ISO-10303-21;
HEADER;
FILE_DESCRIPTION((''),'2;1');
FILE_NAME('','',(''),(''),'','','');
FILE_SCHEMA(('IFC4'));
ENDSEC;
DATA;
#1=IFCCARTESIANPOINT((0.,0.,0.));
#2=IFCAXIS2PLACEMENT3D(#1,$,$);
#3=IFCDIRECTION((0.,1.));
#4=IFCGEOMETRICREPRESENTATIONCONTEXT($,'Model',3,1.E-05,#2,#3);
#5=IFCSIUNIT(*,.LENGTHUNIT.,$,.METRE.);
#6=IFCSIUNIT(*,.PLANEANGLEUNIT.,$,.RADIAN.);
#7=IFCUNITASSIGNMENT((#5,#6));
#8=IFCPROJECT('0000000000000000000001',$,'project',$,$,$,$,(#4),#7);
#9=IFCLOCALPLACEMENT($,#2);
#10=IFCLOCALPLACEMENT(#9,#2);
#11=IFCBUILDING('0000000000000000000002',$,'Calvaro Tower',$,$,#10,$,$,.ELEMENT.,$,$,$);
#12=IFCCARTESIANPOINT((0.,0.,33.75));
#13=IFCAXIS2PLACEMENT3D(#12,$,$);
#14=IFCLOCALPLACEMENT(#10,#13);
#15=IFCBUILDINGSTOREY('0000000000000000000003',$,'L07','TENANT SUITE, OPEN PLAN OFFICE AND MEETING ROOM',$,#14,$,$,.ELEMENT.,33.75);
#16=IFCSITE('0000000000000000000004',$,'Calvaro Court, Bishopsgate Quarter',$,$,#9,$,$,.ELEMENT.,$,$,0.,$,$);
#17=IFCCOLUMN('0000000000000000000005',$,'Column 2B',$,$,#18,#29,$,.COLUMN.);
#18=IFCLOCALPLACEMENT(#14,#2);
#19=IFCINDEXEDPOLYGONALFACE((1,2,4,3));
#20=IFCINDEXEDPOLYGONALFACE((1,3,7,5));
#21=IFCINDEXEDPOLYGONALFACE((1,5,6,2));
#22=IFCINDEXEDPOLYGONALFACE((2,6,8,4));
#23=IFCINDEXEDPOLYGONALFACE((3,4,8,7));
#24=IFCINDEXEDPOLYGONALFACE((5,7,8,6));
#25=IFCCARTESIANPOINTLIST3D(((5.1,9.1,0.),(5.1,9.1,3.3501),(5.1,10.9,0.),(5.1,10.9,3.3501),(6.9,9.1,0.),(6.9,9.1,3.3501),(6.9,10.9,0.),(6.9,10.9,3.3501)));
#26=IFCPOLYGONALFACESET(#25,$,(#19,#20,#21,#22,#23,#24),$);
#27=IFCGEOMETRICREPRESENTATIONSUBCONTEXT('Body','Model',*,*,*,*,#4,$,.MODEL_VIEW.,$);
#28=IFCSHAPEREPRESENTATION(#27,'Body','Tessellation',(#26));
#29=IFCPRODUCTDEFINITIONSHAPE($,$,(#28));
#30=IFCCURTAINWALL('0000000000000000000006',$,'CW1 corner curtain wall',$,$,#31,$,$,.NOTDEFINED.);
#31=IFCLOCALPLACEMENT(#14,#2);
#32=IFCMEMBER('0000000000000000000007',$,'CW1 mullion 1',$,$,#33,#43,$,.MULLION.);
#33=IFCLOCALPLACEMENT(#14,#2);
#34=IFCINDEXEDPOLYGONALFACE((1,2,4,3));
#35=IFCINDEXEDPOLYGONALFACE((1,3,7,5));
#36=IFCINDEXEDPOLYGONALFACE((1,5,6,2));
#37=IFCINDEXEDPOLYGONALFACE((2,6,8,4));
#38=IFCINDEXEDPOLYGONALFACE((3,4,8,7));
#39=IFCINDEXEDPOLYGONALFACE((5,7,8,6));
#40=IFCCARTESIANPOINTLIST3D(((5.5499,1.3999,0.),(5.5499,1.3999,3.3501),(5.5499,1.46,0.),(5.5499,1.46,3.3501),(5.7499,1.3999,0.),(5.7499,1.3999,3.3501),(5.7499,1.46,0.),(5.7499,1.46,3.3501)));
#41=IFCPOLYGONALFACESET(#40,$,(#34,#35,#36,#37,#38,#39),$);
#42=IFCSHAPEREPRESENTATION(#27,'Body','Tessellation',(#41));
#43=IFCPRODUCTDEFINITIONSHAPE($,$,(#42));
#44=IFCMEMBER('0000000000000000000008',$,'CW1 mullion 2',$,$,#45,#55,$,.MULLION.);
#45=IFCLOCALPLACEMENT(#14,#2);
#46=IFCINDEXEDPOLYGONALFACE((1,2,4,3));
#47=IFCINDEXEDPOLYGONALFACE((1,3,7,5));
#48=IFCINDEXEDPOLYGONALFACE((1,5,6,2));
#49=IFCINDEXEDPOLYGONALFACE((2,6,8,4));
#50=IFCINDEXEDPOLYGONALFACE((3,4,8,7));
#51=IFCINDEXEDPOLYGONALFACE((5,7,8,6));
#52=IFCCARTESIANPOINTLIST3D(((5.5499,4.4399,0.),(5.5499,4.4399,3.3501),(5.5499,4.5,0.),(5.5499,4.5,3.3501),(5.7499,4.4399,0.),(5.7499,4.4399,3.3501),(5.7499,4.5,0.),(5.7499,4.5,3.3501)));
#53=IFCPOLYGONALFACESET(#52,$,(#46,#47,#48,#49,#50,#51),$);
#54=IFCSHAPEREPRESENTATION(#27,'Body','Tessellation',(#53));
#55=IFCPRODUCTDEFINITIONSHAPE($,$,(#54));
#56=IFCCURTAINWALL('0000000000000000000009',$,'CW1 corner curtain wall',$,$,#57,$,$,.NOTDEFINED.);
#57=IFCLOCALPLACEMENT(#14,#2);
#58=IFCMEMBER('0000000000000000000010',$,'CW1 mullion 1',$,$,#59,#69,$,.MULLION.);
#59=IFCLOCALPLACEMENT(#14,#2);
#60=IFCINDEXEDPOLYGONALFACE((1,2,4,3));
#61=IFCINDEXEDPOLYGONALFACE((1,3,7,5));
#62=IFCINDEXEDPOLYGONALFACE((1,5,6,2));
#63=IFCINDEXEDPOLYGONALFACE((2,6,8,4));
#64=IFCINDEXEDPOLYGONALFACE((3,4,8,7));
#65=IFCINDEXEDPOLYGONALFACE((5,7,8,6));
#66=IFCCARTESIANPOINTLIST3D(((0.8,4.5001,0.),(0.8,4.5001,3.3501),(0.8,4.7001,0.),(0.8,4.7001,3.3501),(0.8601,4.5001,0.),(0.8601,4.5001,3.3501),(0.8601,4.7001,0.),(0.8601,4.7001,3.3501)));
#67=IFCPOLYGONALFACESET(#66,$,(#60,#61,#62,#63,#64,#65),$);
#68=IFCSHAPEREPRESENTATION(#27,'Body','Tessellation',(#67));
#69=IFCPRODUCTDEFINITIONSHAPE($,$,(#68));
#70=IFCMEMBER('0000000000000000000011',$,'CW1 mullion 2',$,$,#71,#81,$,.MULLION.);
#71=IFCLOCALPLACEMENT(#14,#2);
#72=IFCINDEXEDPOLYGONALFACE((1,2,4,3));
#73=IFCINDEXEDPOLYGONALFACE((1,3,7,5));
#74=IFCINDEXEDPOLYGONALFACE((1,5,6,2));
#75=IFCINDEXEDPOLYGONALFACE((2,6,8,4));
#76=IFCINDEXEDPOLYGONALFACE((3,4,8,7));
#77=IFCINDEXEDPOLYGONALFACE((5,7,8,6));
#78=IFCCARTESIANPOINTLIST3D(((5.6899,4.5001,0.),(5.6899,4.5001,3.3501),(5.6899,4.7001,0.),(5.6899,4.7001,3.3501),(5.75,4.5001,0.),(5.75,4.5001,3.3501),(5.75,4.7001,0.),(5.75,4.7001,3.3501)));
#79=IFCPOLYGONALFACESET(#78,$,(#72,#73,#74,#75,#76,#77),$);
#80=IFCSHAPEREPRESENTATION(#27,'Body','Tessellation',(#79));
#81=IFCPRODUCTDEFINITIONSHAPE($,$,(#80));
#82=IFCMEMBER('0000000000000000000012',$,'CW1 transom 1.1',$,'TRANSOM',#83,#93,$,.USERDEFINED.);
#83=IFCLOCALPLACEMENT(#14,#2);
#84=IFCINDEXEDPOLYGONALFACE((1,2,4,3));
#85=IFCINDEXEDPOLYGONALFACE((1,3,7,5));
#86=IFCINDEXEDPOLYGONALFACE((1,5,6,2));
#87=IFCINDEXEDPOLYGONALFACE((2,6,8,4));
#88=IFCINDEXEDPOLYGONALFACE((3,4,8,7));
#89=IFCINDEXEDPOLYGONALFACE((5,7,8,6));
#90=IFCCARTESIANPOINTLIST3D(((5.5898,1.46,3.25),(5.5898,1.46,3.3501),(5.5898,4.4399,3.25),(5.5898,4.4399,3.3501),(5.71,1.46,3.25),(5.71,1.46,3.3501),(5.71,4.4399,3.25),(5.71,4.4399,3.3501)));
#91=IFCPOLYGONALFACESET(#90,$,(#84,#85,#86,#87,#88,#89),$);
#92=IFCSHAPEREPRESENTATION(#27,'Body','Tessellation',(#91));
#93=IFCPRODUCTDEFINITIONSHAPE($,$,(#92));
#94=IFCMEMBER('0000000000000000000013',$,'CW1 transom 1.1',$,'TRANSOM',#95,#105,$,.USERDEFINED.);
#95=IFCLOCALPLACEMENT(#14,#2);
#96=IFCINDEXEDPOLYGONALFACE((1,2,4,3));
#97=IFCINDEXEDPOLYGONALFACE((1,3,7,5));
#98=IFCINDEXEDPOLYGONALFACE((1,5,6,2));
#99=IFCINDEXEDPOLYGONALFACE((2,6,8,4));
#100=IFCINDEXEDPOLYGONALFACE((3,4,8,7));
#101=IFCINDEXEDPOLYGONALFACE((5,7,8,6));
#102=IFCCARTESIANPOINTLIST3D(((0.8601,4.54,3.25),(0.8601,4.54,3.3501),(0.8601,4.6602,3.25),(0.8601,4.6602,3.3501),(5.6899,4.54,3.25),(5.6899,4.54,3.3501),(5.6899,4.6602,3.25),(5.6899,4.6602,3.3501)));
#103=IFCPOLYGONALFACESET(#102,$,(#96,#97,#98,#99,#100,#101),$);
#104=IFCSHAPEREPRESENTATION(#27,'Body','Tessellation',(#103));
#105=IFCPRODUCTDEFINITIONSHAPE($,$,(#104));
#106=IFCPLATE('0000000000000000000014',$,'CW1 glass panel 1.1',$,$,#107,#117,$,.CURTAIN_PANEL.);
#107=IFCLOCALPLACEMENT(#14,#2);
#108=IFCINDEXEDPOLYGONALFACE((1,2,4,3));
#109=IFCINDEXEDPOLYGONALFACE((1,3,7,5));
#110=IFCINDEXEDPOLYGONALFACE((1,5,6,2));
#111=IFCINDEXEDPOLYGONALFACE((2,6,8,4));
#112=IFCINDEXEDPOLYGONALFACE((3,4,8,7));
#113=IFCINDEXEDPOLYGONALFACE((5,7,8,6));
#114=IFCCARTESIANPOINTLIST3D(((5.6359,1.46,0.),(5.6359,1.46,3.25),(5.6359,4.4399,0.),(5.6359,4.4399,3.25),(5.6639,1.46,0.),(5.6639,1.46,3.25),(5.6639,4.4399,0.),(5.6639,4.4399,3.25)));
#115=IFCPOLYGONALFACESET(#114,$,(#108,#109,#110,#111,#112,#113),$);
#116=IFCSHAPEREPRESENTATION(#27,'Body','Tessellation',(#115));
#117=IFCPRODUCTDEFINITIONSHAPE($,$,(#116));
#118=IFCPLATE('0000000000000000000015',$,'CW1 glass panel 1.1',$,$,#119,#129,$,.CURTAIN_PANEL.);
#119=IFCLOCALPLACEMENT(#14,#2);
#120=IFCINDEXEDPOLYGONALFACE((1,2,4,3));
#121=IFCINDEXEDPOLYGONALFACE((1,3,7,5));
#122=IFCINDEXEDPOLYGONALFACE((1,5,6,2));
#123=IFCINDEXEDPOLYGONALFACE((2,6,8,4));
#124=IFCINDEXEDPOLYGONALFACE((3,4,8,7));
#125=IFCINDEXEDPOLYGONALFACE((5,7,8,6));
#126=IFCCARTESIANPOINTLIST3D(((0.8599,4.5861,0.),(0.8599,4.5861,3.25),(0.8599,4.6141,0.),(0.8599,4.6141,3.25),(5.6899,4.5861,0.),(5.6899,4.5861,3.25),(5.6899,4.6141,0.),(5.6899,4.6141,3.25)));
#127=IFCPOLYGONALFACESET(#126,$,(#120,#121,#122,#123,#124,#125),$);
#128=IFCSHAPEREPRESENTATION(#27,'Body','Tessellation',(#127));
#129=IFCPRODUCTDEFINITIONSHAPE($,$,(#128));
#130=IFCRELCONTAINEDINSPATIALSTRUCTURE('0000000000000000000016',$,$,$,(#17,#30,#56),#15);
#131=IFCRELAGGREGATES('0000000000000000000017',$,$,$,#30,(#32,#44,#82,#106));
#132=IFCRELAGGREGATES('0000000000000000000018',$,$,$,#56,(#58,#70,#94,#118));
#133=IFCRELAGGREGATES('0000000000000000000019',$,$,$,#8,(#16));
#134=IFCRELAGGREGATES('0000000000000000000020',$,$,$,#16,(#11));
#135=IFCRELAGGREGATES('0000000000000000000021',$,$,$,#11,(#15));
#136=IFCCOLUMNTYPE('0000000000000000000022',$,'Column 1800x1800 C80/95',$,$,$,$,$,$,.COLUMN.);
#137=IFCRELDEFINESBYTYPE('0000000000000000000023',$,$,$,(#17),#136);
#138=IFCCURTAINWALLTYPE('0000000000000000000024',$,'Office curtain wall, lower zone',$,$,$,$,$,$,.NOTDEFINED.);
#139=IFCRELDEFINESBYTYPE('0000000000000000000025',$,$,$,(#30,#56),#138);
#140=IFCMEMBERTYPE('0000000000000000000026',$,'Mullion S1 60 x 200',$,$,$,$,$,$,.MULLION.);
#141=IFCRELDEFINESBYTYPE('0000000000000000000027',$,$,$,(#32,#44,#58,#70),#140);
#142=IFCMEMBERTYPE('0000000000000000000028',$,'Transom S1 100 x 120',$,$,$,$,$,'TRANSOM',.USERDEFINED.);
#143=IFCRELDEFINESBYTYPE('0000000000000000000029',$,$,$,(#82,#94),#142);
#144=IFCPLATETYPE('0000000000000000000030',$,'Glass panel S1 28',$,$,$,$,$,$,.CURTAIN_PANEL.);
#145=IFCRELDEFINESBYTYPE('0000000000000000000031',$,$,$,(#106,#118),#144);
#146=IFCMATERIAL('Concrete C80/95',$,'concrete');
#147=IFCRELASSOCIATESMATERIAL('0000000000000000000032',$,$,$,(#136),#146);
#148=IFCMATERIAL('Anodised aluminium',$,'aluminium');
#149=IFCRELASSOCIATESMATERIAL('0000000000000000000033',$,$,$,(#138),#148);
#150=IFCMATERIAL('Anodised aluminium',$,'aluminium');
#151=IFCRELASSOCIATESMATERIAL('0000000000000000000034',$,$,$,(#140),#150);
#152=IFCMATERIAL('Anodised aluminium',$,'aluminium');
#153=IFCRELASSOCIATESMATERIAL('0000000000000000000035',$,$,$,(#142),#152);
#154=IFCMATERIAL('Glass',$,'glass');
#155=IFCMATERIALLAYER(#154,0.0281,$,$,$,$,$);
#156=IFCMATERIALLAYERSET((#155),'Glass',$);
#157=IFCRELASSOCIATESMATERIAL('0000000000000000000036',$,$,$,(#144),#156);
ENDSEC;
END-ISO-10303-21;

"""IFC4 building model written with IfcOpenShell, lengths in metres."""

from ifc_helpers import new_model, si_unit, direction, frame, origin, origin_2d, place, context, subcontext, project, spatial, rectangle, extrude, material, layer, layer_set, material_profile, profile_set, type_object, element, aggregate, save


model = new_model("IFC4")

# Units and contexts
model_context = context("Model", 3, precision=1e-05, world=origin(), true_north=direction((0.0, 1.0)))
body_context = subcontext(model_context, "Body", "Model", "MODEL_VIEW")
ifc_project = project(units=[si_unit("LENGTHUNIT", "METRE"), si_unit("PLANEANGLEUNIT", "RADIAN")], contexts=[model_context])

# Site, building, storey
site_placement = place(None, origin())
site = spatial("IfcSite", under=ifc_project, at=site_placement, Name="Calvaro Court, Bishopsgate Quarter", CompositionType="ELEMENT", RefElevation=0.0)
building_placement = place(site_placement, origin())
building = spatial("IfcBuilding", under=site, at=building_placement, Name="Calvaro Tower", CompositionType="ELEMENT")
storey_placement = place(building_placement, frame((0.0, 0.0, 33.75)))
storey = spatial("IfcBuildingStorey", under=building, at=storey_placement, Name="L07", Description="TENANT SUITE, OPEN PLAN OFFICE AND MEETING ROOM", CompositionType="ELEMENT", Elevation=33.75)

# Column
ifc_material_1 = material(Name="Concrete C80/95", Category="concrete")
ifc_material_profile_1 = material_profile(ifc_material_1, rectangle(XDim=1.8, YDim=1.8, at=origin_2d()), Name="RC 1800x1800")
ifc_profile_set_1 = profile_set([ifc_material_profile_1], Name="Concrete C80/95")
column_type = type_object("IfcColumnType", Name="Column 1800x1800 C80/95", PredefinedType="COLUMN", material=ifc_profile_set_1)
column_placement = place(storey_placement, frame((6.0, 10.0, 0.0), z_axis=(0.0, 0.0, 1.0), x_axis=(1.0, 0.0, 0.0)))
element("IfcColumn", 1, at=column_placement, inside=storey, type_object=column_type, Name="Column 2B", PredefinedType="COLUMN", context=body_context, shape_type="SweptSolid", body=[
    extrude(rectangle(XDim=1.8, YDim=1.8, at=origin_2d()), origin(), (0.0, 0.0, 1.0), 3.3501),
])

# Curtain walls, members
ifc_material_2 = material(Name="Anodised aluminium", Category="aluminium")
curtain_wall_type = type_object("IfcCurtainWallType", Name="Office curtain wall, lower zone", PredefinedType="NOTDEFINED", material=ifc_material_2)
curtain_wall_1_placement = place(storey_placement, origin())
curtain_wall_1 = element("IfcCurtainWall", 2, at=curtain_wall_1_placement, inside=storey, type_object=curtain_wall_type, Name="CW1 corner curtain wall", PredefinedType="NOTDEFINED")
ifc_material_3 = material(Name="Anodised aluminium", Category="aluminium")
ifc_material_profile_2 = material_profile(ifc_material_3, rectangle(XDim=0.2, YDim=0.0601, at=origin_2d()), Name="Mullion S1 60 x 200")
ifc_profile_set_2 = profile_set([ifc_material_profile_2], Name="Anodised aluminium")
member_type_1 = type_object("IfcMemberType", Name="Mullion S1 60 x 200", PredefinedType="MULLION", material=ifc_profile_set_2)
member_1_placement = place(storey_placement, frame((5.6499, 1.4299, 0.0), z_axis=(0.0, 0.0, 1.0), x_axis=(-1.0, 0.0, 0.0)))
member_1 = element("IfcMember", 3, at=member_1_placement, type_object=member_type_1, Name="CW1 mullion 1", PredefinedType="MULLION", context=body_context, shape_type="SweptSolid", body=[
    extrude(rectangle(XDim=0.2, YDim=0.0601, at=origin_2d()), origin(), (0.0, 0.0, 1.0), 3.3501),
])
member_2_placement = place(storey_placement, frame((5.6499, 4.47, 0.0), z_axis=(0.0, 0.0, 1.0), x_axis=(-1.0, 0.0, 0.0)))
member_2 = element("IfcMember", 4, at=member_2_placement, type_object=member_type_1, Name="CW1 mullion 2", PredefinedType="MULLION", context=body_context, shape_type="SweptSolid", body=[
    extrude(rectangle(XDim=0.2, YDim=0.0601, at=origin_2d()), origin(), (0.0, 0.0, 1.0), 3.3501),
])
curtain_wall_2_placement = place(storey_placement, origin())
curtain_wall_2 = element("IfcCurtainWall", 5, at=curtain_wall_2_placement, inside=storey, type_object=curtain_wall_type, Name="CW1 corner curtain wall", PredefinedType="NOTDEFINED")
member_3_placement = place(storey_placement, frame((0.8301, 4.6001, 0.0), z_axis=(0.0, 0.0, 1.0), x_axis=(0.0, 1.0, 0.0)))
member_3 = element("IfcMember", 6, at=member_3_placement, type_object=member_type_1, Name="CW1 mullion 1", PredefinedType="MULLION", context=body_context, shape_type="SweptSolid", body=[
    extrude(rectangle(XDim=0.2, YDim=0.0601, at=origin_2d()), origin(), (0.0, 0.0, 1.0), 3.3501),
])
member_4_placement = place(storey_placement, frame((5.72, 4.6001, 0.0), z_axis=(0.0, 0.0, 1.0), x_axis=(0.0, 1.0, 0.0)))
member_4 = element("IfcMember", 7, at=member_4_placement, type_object=member_type_1, Name="CW1 mullion 2", PredefinedType="MULLION", context=body_context, shape_type="SweptSolid", body=[
    extrude(rectangle(XDim=0.2, YDim=0.0601, at=origin_2d()), origin(), (0.0, 0.0, 1.0), 3.3501),
])

# Members
ifc_material_4 = material(Name="Anodised aluminium", Category="aluminium")
ifc_material_profile_3 = material_profile(ifc_material_4, rectangle(XDim=0.1201, YDim=0.1001, at=origin_2d()), Name="Transom S1 100 x 120")
ifc_profile_set_3 = profile_set([ifc_material_profile_3], Name="Anodised aluminium")
member_type_2 = type_object("IfcMemberType", Name="Transom S1 100 x 120", ElementType="TRANSOM", PredefinedType="USERDEFINED", material=ifc_profile_set_3)
member_5_placement = place(storey_placement, frame((5.6499, 1.46, 3.3), z_axis=(0.0, 1.0, 0.0), x_axis=(-1.0, 0.0, 0.0)))
member_5 = element("IfcMember", 8, at=member_5_placement, type_object=member_type_2, Name="CW1 transom 1.1", ObjectType="TRANSOM", PredefinedType="USERDEFINED", context=body_context, shape_type="SweptSolid", body=[
    extrude(rectangle(XDim=0.1201, YDim=0.1001, at=origin_2d()), origin(), (0.0, 0.0, 1.0), 2.98),
])
member_6_placement = place(storey_placement, frame((0.8601, 4.6001, 3.3), z_axis=(1.0, 0.0, 0.0), x_axis=(0.0, 1.0, 0.0)))
member_6 = element("IfcMember", 9, at=member_6_placement, type_object=member_type_2, Name="CW1 transom 1.1", ObjectType="TRANSOM", PredefinedType="USERDEFINED", context=body_context, shape_type="SweptSolid", body=[
    extrude(rectangle(XDim=0.1201, YDim=0.1001, at=origin_2d()), origin(), (0.0, 0.0, 1.0), 4.8298),
])

# Plates
ifc_material_5 = material(Name="Glass", Category="glass")
ifc_layer_1 = layer(ifc_material_5, 0.0281)
ifc_layer_set_1 = layer_set([ifc_layer_1], Name="Glass")
plate_type = type_object("IfcPlateType", Name="Glass panel S1 28", PredefinedType="CURTAIN_PANEL", material=ifc_layer_set_1)
plate_1_placement = place(storey_placement, frame((5.6499, 2.95, 0.0), z_axis=(0.0, 0.0, 1.0), x_axis=(0.0, 1.0, 0.0)))
plate_1 = element("IfcPlate", 10, at=plate_1_placement, type_object=plate_type, Name="CW1 glass panel 1.1", PredefinedType="CURTAIN_PANEL", context=body_context, shape_type="SweptSolid", body=[
    extrude(rectangle(XDim=2.98, YDim=0.0281, at=origin_2d()), origin(), (0.0, 0.0, 1.0), 3.25),
])
aggregate(curtain_wall_1, [member_1, member_2, member_5, plate_1])
plate_2_placement = place(storey_placement, frame((3.2749, 4.6001, 0.0), z_axis=(0.0, 0.0, 1.0), x_axis=(1.0, 0.0, 0.0)))
plate_2 = element("IfcPlate", 11, at=plate_2_placement, type_object=plate_type, Name="CW1 glass panel 1.1", PredefinedType="CURTAIN_PANEL", context=body_context, shape_type="SweptSolid", body=[
    extrude(rectangle(XDim=4.8301, YDim=0.0281, at=origin_2d()), origin(), (0.0, 0.0, 1.0), 3.25),
])
aggregate(curtain_wall_2, [member_3, member_4, member_6, plate_2])

save(model, "model.ifc")
